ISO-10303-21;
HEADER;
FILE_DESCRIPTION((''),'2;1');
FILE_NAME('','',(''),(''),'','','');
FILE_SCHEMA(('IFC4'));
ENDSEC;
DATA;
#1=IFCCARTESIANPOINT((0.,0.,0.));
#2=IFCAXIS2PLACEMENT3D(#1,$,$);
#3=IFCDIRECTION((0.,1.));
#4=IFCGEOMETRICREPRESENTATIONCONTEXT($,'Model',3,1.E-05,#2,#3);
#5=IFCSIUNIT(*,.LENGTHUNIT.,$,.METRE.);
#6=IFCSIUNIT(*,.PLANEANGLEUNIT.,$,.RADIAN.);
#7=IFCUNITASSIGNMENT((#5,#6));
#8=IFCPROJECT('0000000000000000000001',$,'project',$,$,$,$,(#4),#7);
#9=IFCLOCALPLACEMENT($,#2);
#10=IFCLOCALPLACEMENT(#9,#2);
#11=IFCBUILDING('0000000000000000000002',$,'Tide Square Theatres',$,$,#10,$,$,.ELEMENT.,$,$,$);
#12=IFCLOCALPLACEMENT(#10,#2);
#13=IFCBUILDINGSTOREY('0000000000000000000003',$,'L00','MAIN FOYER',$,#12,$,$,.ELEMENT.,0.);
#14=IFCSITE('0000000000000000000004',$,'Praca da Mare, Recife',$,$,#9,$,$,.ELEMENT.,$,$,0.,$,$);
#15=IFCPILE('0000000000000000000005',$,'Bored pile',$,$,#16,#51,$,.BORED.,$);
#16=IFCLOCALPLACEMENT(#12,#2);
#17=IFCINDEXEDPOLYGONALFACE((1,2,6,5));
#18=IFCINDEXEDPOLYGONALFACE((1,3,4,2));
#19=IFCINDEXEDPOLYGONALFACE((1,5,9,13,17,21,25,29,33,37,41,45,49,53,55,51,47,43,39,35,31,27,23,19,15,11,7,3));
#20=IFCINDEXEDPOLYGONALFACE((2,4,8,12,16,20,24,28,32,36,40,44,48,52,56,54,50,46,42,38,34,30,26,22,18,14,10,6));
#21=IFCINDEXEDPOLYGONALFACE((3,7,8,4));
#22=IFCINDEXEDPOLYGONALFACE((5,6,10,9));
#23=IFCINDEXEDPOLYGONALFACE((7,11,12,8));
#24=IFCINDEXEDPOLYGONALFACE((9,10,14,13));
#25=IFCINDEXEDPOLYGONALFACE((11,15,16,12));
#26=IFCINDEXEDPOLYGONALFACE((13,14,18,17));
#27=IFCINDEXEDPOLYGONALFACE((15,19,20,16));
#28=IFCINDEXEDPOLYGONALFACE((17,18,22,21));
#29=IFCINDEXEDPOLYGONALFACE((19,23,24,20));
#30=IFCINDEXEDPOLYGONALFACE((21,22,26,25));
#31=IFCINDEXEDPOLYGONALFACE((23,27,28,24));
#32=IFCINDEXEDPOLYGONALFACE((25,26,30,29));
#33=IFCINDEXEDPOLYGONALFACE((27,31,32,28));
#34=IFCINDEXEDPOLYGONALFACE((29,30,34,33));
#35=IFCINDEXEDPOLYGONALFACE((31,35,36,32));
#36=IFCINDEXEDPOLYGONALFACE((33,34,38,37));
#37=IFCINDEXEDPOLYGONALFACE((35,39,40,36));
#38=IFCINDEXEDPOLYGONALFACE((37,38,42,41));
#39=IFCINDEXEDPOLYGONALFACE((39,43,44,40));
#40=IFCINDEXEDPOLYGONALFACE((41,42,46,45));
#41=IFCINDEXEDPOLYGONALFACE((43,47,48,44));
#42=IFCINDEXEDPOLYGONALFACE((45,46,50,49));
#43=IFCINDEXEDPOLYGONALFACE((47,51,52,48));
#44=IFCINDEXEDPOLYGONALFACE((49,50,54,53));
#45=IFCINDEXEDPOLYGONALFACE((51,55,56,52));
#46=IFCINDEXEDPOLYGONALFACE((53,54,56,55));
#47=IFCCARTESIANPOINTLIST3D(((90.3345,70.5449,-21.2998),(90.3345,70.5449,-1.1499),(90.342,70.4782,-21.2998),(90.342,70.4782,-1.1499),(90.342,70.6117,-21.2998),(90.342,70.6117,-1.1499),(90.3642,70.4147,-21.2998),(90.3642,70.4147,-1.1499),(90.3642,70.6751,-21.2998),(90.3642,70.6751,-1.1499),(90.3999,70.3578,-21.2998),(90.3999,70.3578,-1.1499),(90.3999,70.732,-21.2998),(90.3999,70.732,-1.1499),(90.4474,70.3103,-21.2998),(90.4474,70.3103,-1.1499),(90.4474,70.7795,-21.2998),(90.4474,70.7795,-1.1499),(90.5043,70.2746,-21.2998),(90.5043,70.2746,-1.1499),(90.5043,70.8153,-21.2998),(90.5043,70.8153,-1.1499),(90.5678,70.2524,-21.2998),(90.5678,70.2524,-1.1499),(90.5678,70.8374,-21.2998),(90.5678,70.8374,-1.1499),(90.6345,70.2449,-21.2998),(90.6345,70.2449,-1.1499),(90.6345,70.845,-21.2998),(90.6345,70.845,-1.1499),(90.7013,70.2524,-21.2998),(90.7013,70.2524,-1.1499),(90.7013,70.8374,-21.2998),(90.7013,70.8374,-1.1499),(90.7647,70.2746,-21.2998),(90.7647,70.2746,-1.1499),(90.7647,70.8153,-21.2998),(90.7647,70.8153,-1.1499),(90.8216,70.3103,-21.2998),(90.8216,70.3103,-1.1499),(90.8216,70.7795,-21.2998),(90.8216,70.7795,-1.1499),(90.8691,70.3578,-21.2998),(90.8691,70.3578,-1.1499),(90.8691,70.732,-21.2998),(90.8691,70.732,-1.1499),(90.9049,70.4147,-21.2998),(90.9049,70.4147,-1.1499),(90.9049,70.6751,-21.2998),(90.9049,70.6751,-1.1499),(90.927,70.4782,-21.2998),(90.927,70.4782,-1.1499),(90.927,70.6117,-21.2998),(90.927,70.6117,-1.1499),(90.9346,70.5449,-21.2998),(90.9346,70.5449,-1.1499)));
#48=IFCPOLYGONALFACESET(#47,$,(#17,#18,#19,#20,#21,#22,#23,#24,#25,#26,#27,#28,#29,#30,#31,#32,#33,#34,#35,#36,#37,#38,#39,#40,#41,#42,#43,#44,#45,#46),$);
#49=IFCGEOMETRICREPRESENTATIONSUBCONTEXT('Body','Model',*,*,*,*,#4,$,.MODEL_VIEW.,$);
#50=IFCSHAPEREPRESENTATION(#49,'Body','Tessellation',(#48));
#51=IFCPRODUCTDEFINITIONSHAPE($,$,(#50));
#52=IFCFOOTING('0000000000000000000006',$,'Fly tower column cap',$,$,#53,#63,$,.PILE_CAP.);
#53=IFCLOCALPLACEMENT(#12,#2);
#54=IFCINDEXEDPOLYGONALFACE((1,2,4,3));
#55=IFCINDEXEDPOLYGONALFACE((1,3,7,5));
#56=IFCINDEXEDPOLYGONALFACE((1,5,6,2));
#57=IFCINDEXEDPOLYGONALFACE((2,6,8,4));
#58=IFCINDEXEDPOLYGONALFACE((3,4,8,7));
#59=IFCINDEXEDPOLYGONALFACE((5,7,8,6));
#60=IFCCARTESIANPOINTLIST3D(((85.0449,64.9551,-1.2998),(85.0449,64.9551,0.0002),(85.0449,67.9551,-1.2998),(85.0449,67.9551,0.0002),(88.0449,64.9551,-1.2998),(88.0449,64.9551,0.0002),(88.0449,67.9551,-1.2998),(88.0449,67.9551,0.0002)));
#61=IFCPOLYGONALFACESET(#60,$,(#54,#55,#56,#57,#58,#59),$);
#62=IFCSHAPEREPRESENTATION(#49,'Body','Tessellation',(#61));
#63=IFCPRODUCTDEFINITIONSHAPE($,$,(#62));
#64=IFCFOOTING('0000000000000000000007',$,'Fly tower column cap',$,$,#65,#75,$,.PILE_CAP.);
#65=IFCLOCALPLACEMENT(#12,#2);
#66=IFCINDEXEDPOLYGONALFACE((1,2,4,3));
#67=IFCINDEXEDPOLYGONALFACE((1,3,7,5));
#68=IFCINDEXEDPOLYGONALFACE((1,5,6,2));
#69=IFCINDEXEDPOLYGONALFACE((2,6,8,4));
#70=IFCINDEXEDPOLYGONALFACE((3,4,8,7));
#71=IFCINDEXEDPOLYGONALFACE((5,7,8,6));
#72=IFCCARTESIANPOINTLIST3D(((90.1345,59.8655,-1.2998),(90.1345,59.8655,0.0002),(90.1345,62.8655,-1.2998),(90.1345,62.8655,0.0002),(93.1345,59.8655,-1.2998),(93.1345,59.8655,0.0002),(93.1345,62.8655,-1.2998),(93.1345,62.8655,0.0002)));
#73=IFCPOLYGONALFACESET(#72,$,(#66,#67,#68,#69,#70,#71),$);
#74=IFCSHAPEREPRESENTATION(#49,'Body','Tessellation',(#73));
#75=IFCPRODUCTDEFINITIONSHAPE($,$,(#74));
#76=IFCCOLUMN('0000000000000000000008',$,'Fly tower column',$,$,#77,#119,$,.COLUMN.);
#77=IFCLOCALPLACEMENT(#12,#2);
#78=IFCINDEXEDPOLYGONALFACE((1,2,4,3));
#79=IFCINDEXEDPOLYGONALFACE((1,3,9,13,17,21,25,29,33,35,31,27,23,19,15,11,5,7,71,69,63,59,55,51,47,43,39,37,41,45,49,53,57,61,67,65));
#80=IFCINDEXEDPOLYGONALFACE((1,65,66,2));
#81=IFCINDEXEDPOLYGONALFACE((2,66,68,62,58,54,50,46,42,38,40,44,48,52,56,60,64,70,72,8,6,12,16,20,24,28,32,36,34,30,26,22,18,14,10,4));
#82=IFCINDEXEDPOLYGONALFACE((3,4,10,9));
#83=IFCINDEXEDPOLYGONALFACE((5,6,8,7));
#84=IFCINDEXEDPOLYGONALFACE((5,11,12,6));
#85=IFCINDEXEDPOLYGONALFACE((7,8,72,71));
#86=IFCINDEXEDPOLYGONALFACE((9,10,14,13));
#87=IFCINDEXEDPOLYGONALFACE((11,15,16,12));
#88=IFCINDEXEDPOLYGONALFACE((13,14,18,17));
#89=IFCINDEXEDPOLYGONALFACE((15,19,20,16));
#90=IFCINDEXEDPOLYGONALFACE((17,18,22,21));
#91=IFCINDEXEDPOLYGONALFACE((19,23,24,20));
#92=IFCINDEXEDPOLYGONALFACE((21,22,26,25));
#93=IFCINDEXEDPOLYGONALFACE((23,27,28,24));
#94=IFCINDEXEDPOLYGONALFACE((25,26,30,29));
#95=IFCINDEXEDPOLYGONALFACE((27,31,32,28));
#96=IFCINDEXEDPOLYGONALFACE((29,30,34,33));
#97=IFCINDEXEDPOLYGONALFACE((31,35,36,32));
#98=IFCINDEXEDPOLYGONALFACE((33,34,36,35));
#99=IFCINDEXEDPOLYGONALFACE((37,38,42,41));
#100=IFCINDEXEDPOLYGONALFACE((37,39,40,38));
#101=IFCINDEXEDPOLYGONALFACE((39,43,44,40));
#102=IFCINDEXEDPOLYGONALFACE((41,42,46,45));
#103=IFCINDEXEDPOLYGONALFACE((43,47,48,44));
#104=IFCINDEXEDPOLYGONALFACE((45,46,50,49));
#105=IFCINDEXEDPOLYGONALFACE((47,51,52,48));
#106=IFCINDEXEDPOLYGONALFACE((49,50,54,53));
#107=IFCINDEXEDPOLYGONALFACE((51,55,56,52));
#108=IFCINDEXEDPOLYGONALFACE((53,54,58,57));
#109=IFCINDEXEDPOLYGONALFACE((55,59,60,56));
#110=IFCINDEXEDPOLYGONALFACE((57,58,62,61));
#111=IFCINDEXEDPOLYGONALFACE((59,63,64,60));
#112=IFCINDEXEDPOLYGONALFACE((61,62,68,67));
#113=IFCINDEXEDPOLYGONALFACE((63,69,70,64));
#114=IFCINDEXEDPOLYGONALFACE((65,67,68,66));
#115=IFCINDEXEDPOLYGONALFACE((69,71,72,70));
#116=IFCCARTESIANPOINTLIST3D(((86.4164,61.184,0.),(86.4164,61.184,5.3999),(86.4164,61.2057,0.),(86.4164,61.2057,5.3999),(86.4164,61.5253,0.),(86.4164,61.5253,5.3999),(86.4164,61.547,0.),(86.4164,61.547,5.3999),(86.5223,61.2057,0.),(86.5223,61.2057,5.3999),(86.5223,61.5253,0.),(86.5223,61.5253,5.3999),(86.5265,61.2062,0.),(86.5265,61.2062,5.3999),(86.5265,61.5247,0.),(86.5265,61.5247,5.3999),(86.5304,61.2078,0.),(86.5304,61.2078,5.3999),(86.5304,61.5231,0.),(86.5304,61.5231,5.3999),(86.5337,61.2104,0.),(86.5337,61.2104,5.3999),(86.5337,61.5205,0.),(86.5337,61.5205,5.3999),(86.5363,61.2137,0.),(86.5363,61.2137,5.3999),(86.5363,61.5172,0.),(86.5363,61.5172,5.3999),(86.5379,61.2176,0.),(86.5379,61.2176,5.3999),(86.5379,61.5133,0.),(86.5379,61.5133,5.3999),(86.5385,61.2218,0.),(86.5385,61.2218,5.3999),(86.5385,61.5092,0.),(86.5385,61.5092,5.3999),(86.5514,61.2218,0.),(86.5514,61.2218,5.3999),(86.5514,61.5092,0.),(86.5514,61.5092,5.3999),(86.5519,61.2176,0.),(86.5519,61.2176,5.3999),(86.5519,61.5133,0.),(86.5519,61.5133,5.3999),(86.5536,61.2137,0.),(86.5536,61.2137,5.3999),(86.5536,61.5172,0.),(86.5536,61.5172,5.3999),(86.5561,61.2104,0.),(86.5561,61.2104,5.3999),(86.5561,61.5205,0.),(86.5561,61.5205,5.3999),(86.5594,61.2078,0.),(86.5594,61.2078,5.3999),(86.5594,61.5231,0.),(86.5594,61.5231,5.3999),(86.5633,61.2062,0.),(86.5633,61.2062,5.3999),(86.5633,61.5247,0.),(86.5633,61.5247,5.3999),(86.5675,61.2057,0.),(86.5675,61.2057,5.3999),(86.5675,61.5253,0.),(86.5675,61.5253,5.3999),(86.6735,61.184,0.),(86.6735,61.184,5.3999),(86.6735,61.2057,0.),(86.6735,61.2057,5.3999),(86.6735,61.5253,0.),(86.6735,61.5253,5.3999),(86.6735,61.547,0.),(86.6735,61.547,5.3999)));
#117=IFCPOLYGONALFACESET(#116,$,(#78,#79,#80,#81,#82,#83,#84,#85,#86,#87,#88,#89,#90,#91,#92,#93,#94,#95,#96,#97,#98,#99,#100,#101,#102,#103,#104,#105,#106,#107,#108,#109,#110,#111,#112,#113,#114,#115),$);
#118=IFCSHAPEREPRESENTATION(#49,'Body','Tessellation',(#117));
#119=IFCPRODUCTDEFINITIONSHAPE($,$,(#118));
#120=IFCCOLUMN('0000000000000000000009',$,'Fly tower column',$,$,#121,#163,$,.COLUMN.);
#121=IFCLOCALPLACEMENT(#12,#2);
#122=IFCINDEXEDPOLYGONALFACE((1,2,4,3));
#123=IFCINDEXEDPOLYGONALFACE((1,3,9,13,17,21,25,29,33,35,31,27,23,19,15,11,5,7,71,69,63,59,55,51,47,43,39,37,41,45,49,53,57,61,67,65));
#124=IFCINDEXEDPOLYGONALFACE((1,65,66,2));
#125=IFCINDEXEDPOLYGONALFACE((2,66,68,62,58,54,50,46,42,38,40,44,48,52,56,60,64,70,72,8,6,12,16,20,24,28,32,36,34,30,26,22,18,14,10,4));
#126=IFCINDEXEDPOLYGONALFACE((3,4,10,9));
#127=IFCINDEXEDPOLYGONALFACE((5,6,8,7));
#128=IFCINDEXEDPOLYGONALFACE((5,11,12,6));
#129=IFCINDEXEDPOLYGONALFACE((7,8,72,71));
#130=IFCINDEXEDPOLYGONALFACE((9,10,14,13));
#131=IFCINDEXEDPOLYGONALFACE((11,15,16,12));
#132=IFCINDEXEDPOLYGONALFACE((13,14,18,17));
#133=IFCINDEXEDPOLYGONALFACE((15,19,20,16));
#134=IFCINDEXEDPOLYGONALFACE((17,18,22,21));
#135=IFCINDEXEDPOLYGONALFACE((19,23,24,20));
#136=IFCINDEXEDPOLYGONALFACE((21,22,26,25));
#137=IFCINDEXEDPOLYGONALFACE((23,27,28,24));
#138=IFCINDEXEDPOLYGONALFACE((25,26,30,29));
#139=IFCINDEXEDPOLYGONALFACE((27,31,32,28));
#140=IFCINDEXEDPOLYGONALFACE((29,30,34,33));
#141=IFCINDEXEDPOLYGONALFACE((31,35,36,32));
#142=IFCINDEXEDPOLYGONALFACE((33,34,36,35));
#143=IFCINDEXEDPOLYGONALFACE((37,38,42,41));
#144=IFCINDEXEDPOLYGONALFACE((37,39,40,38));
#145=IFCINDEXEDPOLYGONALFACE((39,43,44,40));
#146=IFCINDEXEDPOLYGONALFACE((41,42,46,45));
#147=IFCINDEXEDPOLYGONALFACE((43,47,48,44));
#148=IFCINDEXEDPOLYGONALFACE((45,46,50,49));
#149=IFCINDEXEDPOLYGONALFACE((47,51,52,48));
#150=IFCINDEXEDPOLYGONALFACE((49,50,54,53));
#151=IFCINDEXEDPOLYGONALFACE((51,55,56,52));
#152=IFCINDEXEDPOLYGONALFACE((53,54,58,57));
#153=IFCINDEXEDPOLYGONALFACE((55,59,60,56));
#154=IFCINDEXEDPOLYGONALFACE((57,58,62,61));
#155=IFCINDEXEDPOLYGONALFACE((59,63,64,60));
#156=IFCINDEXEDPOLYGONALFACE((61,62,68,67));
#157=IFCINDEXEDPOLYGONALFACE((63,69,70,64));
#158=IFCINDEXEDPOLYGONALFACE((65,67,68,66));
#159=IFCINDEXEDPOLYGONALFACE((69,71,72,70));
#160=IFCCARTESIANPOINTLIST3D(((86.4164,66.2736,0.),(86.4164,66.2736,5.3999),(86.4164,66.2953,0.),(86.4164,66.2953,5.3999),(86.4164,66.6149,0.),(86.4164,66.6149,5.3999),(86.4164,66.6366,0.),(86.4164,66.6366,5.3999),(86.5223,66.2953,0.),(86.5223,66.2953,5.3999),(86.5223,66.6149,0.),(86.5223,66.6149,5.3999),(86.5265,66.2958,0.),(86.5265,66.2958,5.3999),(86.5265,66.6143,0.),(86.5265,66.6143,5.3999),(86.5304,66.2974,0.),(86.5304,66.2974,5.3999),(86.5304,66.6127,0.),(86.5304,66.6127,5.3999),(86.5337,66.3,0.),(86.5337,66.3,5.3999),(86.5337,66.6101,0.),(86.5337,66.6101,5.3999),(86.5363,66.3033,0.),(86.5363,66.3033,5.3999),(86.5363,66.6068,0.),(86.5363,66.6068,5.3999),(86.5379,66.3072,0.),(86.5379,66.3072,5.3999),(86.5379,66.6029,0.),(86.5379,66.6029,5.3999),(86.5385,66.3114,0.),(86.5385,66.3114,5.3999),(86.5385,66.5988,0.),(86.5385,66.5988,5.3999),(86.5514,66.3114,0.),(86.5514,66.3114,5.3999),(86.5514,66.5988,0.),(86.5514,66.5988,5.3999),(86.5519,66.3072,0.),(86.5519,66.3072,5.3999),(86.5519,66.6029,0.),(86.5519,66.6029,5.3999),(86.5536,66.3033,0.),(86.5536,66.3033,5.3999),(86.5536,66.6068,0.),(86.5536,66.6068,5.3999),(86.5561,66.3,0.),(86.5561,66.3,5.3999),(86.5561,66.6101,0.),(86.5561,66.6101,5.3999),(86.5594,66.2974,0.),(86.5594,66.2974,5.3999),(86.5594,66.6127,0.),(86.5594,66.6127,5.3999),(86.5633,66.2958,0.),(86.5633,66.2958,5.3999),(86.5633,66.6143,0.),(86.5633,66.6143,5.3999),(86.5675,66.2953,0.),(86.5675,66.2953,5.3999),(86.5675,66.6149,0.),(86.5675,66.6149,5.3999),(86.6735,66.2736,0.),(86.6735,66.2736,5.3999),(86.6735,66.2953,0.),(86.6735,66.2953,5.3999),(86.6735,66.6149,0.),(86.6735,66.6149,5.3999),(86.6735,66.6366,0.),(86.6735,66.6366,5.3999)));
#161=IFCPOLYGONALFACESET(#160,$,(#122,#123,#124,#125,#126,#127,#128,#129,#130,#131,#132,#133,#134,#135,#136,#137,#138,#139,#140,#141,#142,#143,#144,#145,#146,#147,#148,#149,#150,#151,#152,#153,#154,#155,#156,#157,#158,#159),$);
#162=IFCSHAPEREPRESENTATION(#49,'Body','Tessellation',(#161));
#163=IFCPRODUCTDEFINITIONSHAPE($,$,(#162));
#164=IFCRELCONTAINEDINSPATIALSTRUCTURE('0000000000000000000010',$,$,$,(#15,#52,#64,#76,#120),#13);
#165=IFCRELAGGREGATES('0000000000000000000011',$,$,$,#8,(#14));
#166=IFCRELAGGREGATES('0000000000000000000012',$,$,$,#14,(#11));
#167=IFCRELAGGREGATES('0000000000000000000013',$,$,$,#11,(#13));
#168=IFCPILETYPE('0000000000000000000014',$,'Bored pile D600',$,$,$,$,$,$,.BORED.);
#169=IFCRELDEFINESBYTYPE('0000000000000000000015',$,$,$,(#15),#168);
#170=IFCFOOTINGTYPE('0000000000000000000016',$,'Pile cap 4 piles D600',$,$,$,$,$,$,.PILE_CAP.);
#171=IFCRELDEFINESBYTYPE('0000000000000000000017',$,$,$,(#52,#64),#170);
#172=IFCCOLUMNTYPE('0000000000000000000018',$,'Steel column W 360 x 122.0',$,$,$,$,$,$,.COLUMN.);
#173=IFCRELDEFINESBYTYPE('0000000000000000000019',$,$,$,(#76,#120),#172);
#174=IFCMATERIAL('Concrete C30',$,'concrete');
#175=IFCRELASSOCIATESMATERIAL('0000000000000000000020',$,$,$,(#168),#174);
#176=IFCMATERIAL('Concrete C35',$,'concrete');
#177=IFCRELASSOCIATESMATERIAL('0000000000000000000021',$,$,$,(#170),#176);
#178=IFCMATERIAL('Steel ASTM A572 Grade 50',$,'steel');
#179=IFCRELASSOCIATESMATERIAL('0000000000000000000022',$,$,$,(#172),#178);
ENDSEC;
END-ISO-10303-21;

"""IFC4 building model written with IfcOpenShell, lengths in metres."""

from ifc_helpers import new_model, si_unit, direction, frame, origin, origin_2d, place, context, subcontext, project, spatial, rectangle, circle, i_section, extrude, material, material_profile, profile_set, type_object, element, save


model = new_model("IFC4")

# Units and contexts
model_context = context("Model", 3, precision=1e-05, world=origin(), true_north=direction((0.0, 1.0)))
body_context = subcontext(model_context, "Body", "Model", "MODEL_VIEW")
ifc_project = project(units=[si_unit("LENGTHUNIT", "METRE"), si_unit("PLANEANGLEUNIT", "RADIAN")], contexts=[model_context])

# Site, building, storey
site_placement = place(None, origin())
site = spatial("IfcSite", under=ifc_project, at=site_placement, Name="Praca da Mare, Recife", CompositionType="ELEMENT", RefElevation=0.0)
building_placement = place(site_placement, origin())
building = spatial("IfcBuilding", under=site, at=building_placement, Name="Tide Square Theatres", CompositionType="ELEMENT")
storey_placement = place(building_placement, origin())
storey = spatial("IfcBuildingStorey", under=building, at=storey_placement, Name="L00", Description="MAIN FOYER", CompositionType="ELEMENT", Elevation=0.0)

# Pile
ifc_material_1 = material(Name="Concrete C30", Category="concrete")
ifc_material_profile_1 = material_profile(ifc_material_1, circle(Radius=0.3, at=origin_2d()))
ifc_profile_set_1 = profile_set([ifc_material_profile_1], Name="Concrete C30")
pile_type = type_object("IfcPileType", Name="Bored pile D600", PredefinedType="BORED", material=ifc_profile_set_1)
for number, where, z_axis, x_axis, name in (
    (1, (90.6345, 70.5449, -1.1499), (0.0, 0.0, -1.0), (1.0, 0.0, 0.0), "Bored pile"),
):
    element("IfcPile", number, at=place(storey_placement, frame(where, z_axis=z_axis, x_axis=x_axis)), inside=storey, type_object=pile_type, Name=name, PredefinedType="BORED", context=body_context, shape_type="SweptSolid", body=[
        extrude(circle(Radius=0.3, at=origin_2d()), origin(), (0.0, 0.0, 1.0), 20.1499),
    ])

# Footings
ifc_material_2 = material(Name="Concrete C35", Category="concrete")
footing_type = type_object("IfcFootingType", Name="Pile cap 4 piles D600", PredefinedType="PILE_CAP", material=ifc_material_2)
for number, where, z_axis, x_axis, name in (
    (2, (86.5449, 66.4551, -1.2998), (0.0, 0.0, 1.0), (1.0, 0.0, 0.0), "Fly tower column cap"),
    (3, (91.6345, 61.3655, -1.2998), (0.0, 0.0, 1.0), (1.0, 0.0, 0.0), "Fly tower column cap"),
):
    element("IfcFooting", number, at=place(storey_placement, frame(where, z_axis=z_axis, x_axis=x_axis)), inside=storey, type_object=footing_type, Name=name, PredefinedType="PILE_CAP", context=body_context, shape_type="SweptSolid", body=[
        extrude(rectangle(XDim=3.0, YDim=3.0, at=origin_2d()), origin(), (0.0, 0.0, 1.0), 1.3),
    ])

# Columns
ifc_material_3 = material(Name="Steel ASTM A572 Grade 50", Category="steel")
ifc_material_profile_2 = material_profile(ifc_material_3, i_section(OverallWidth=0.2571, OverallDepth=0.363, WebThickness=0.0129, FlangeThickness=0.0217, FilletRadius=0.0161, at=origin_2d()))
ifc_profile_set_2 = profile_set([ifc_material_profile_2], Name="Steel ASTM A572 Grade 50")
column_type = type_object("IfcColumnType", Name="Steel column W 360 x 122.0", PredefinedType="COLUMN", material=ifc_profile_set_2)
for number, where, z_axis, x_axis, name in (
    (4, (86.5449, 61.3655, 0.0), (0.0, 0.0, 1.0), (1.0, 0.0, 0.0), "Fly tower column"),
    (5, (86.5449, 66.4551, 0.0), (0.0, 0.0, 1.0), (1.0, 0.0, 0.0), "Fly tower column"),
):
    element("IfcColumn", number, at=place(storey_placement, frame(where, z_axis=z_axis, x_axis=x_axis)), inside=storey, type_object=column_type, Name=name, PredefinedType="COLUMN", context=body_context, shape_type="SweptSolid", body=[
        extrude(i_section(OverallWidth=0.2571, OverallDepth=0.363, WebThickness=0.0129, FlangeThickness=0.0217, FilletRadius=0.0161, at=origin_2d()), origin(), (0.0, 0.0, 1.0), 5.3999),
    ])

save(model, "model.ifc")
